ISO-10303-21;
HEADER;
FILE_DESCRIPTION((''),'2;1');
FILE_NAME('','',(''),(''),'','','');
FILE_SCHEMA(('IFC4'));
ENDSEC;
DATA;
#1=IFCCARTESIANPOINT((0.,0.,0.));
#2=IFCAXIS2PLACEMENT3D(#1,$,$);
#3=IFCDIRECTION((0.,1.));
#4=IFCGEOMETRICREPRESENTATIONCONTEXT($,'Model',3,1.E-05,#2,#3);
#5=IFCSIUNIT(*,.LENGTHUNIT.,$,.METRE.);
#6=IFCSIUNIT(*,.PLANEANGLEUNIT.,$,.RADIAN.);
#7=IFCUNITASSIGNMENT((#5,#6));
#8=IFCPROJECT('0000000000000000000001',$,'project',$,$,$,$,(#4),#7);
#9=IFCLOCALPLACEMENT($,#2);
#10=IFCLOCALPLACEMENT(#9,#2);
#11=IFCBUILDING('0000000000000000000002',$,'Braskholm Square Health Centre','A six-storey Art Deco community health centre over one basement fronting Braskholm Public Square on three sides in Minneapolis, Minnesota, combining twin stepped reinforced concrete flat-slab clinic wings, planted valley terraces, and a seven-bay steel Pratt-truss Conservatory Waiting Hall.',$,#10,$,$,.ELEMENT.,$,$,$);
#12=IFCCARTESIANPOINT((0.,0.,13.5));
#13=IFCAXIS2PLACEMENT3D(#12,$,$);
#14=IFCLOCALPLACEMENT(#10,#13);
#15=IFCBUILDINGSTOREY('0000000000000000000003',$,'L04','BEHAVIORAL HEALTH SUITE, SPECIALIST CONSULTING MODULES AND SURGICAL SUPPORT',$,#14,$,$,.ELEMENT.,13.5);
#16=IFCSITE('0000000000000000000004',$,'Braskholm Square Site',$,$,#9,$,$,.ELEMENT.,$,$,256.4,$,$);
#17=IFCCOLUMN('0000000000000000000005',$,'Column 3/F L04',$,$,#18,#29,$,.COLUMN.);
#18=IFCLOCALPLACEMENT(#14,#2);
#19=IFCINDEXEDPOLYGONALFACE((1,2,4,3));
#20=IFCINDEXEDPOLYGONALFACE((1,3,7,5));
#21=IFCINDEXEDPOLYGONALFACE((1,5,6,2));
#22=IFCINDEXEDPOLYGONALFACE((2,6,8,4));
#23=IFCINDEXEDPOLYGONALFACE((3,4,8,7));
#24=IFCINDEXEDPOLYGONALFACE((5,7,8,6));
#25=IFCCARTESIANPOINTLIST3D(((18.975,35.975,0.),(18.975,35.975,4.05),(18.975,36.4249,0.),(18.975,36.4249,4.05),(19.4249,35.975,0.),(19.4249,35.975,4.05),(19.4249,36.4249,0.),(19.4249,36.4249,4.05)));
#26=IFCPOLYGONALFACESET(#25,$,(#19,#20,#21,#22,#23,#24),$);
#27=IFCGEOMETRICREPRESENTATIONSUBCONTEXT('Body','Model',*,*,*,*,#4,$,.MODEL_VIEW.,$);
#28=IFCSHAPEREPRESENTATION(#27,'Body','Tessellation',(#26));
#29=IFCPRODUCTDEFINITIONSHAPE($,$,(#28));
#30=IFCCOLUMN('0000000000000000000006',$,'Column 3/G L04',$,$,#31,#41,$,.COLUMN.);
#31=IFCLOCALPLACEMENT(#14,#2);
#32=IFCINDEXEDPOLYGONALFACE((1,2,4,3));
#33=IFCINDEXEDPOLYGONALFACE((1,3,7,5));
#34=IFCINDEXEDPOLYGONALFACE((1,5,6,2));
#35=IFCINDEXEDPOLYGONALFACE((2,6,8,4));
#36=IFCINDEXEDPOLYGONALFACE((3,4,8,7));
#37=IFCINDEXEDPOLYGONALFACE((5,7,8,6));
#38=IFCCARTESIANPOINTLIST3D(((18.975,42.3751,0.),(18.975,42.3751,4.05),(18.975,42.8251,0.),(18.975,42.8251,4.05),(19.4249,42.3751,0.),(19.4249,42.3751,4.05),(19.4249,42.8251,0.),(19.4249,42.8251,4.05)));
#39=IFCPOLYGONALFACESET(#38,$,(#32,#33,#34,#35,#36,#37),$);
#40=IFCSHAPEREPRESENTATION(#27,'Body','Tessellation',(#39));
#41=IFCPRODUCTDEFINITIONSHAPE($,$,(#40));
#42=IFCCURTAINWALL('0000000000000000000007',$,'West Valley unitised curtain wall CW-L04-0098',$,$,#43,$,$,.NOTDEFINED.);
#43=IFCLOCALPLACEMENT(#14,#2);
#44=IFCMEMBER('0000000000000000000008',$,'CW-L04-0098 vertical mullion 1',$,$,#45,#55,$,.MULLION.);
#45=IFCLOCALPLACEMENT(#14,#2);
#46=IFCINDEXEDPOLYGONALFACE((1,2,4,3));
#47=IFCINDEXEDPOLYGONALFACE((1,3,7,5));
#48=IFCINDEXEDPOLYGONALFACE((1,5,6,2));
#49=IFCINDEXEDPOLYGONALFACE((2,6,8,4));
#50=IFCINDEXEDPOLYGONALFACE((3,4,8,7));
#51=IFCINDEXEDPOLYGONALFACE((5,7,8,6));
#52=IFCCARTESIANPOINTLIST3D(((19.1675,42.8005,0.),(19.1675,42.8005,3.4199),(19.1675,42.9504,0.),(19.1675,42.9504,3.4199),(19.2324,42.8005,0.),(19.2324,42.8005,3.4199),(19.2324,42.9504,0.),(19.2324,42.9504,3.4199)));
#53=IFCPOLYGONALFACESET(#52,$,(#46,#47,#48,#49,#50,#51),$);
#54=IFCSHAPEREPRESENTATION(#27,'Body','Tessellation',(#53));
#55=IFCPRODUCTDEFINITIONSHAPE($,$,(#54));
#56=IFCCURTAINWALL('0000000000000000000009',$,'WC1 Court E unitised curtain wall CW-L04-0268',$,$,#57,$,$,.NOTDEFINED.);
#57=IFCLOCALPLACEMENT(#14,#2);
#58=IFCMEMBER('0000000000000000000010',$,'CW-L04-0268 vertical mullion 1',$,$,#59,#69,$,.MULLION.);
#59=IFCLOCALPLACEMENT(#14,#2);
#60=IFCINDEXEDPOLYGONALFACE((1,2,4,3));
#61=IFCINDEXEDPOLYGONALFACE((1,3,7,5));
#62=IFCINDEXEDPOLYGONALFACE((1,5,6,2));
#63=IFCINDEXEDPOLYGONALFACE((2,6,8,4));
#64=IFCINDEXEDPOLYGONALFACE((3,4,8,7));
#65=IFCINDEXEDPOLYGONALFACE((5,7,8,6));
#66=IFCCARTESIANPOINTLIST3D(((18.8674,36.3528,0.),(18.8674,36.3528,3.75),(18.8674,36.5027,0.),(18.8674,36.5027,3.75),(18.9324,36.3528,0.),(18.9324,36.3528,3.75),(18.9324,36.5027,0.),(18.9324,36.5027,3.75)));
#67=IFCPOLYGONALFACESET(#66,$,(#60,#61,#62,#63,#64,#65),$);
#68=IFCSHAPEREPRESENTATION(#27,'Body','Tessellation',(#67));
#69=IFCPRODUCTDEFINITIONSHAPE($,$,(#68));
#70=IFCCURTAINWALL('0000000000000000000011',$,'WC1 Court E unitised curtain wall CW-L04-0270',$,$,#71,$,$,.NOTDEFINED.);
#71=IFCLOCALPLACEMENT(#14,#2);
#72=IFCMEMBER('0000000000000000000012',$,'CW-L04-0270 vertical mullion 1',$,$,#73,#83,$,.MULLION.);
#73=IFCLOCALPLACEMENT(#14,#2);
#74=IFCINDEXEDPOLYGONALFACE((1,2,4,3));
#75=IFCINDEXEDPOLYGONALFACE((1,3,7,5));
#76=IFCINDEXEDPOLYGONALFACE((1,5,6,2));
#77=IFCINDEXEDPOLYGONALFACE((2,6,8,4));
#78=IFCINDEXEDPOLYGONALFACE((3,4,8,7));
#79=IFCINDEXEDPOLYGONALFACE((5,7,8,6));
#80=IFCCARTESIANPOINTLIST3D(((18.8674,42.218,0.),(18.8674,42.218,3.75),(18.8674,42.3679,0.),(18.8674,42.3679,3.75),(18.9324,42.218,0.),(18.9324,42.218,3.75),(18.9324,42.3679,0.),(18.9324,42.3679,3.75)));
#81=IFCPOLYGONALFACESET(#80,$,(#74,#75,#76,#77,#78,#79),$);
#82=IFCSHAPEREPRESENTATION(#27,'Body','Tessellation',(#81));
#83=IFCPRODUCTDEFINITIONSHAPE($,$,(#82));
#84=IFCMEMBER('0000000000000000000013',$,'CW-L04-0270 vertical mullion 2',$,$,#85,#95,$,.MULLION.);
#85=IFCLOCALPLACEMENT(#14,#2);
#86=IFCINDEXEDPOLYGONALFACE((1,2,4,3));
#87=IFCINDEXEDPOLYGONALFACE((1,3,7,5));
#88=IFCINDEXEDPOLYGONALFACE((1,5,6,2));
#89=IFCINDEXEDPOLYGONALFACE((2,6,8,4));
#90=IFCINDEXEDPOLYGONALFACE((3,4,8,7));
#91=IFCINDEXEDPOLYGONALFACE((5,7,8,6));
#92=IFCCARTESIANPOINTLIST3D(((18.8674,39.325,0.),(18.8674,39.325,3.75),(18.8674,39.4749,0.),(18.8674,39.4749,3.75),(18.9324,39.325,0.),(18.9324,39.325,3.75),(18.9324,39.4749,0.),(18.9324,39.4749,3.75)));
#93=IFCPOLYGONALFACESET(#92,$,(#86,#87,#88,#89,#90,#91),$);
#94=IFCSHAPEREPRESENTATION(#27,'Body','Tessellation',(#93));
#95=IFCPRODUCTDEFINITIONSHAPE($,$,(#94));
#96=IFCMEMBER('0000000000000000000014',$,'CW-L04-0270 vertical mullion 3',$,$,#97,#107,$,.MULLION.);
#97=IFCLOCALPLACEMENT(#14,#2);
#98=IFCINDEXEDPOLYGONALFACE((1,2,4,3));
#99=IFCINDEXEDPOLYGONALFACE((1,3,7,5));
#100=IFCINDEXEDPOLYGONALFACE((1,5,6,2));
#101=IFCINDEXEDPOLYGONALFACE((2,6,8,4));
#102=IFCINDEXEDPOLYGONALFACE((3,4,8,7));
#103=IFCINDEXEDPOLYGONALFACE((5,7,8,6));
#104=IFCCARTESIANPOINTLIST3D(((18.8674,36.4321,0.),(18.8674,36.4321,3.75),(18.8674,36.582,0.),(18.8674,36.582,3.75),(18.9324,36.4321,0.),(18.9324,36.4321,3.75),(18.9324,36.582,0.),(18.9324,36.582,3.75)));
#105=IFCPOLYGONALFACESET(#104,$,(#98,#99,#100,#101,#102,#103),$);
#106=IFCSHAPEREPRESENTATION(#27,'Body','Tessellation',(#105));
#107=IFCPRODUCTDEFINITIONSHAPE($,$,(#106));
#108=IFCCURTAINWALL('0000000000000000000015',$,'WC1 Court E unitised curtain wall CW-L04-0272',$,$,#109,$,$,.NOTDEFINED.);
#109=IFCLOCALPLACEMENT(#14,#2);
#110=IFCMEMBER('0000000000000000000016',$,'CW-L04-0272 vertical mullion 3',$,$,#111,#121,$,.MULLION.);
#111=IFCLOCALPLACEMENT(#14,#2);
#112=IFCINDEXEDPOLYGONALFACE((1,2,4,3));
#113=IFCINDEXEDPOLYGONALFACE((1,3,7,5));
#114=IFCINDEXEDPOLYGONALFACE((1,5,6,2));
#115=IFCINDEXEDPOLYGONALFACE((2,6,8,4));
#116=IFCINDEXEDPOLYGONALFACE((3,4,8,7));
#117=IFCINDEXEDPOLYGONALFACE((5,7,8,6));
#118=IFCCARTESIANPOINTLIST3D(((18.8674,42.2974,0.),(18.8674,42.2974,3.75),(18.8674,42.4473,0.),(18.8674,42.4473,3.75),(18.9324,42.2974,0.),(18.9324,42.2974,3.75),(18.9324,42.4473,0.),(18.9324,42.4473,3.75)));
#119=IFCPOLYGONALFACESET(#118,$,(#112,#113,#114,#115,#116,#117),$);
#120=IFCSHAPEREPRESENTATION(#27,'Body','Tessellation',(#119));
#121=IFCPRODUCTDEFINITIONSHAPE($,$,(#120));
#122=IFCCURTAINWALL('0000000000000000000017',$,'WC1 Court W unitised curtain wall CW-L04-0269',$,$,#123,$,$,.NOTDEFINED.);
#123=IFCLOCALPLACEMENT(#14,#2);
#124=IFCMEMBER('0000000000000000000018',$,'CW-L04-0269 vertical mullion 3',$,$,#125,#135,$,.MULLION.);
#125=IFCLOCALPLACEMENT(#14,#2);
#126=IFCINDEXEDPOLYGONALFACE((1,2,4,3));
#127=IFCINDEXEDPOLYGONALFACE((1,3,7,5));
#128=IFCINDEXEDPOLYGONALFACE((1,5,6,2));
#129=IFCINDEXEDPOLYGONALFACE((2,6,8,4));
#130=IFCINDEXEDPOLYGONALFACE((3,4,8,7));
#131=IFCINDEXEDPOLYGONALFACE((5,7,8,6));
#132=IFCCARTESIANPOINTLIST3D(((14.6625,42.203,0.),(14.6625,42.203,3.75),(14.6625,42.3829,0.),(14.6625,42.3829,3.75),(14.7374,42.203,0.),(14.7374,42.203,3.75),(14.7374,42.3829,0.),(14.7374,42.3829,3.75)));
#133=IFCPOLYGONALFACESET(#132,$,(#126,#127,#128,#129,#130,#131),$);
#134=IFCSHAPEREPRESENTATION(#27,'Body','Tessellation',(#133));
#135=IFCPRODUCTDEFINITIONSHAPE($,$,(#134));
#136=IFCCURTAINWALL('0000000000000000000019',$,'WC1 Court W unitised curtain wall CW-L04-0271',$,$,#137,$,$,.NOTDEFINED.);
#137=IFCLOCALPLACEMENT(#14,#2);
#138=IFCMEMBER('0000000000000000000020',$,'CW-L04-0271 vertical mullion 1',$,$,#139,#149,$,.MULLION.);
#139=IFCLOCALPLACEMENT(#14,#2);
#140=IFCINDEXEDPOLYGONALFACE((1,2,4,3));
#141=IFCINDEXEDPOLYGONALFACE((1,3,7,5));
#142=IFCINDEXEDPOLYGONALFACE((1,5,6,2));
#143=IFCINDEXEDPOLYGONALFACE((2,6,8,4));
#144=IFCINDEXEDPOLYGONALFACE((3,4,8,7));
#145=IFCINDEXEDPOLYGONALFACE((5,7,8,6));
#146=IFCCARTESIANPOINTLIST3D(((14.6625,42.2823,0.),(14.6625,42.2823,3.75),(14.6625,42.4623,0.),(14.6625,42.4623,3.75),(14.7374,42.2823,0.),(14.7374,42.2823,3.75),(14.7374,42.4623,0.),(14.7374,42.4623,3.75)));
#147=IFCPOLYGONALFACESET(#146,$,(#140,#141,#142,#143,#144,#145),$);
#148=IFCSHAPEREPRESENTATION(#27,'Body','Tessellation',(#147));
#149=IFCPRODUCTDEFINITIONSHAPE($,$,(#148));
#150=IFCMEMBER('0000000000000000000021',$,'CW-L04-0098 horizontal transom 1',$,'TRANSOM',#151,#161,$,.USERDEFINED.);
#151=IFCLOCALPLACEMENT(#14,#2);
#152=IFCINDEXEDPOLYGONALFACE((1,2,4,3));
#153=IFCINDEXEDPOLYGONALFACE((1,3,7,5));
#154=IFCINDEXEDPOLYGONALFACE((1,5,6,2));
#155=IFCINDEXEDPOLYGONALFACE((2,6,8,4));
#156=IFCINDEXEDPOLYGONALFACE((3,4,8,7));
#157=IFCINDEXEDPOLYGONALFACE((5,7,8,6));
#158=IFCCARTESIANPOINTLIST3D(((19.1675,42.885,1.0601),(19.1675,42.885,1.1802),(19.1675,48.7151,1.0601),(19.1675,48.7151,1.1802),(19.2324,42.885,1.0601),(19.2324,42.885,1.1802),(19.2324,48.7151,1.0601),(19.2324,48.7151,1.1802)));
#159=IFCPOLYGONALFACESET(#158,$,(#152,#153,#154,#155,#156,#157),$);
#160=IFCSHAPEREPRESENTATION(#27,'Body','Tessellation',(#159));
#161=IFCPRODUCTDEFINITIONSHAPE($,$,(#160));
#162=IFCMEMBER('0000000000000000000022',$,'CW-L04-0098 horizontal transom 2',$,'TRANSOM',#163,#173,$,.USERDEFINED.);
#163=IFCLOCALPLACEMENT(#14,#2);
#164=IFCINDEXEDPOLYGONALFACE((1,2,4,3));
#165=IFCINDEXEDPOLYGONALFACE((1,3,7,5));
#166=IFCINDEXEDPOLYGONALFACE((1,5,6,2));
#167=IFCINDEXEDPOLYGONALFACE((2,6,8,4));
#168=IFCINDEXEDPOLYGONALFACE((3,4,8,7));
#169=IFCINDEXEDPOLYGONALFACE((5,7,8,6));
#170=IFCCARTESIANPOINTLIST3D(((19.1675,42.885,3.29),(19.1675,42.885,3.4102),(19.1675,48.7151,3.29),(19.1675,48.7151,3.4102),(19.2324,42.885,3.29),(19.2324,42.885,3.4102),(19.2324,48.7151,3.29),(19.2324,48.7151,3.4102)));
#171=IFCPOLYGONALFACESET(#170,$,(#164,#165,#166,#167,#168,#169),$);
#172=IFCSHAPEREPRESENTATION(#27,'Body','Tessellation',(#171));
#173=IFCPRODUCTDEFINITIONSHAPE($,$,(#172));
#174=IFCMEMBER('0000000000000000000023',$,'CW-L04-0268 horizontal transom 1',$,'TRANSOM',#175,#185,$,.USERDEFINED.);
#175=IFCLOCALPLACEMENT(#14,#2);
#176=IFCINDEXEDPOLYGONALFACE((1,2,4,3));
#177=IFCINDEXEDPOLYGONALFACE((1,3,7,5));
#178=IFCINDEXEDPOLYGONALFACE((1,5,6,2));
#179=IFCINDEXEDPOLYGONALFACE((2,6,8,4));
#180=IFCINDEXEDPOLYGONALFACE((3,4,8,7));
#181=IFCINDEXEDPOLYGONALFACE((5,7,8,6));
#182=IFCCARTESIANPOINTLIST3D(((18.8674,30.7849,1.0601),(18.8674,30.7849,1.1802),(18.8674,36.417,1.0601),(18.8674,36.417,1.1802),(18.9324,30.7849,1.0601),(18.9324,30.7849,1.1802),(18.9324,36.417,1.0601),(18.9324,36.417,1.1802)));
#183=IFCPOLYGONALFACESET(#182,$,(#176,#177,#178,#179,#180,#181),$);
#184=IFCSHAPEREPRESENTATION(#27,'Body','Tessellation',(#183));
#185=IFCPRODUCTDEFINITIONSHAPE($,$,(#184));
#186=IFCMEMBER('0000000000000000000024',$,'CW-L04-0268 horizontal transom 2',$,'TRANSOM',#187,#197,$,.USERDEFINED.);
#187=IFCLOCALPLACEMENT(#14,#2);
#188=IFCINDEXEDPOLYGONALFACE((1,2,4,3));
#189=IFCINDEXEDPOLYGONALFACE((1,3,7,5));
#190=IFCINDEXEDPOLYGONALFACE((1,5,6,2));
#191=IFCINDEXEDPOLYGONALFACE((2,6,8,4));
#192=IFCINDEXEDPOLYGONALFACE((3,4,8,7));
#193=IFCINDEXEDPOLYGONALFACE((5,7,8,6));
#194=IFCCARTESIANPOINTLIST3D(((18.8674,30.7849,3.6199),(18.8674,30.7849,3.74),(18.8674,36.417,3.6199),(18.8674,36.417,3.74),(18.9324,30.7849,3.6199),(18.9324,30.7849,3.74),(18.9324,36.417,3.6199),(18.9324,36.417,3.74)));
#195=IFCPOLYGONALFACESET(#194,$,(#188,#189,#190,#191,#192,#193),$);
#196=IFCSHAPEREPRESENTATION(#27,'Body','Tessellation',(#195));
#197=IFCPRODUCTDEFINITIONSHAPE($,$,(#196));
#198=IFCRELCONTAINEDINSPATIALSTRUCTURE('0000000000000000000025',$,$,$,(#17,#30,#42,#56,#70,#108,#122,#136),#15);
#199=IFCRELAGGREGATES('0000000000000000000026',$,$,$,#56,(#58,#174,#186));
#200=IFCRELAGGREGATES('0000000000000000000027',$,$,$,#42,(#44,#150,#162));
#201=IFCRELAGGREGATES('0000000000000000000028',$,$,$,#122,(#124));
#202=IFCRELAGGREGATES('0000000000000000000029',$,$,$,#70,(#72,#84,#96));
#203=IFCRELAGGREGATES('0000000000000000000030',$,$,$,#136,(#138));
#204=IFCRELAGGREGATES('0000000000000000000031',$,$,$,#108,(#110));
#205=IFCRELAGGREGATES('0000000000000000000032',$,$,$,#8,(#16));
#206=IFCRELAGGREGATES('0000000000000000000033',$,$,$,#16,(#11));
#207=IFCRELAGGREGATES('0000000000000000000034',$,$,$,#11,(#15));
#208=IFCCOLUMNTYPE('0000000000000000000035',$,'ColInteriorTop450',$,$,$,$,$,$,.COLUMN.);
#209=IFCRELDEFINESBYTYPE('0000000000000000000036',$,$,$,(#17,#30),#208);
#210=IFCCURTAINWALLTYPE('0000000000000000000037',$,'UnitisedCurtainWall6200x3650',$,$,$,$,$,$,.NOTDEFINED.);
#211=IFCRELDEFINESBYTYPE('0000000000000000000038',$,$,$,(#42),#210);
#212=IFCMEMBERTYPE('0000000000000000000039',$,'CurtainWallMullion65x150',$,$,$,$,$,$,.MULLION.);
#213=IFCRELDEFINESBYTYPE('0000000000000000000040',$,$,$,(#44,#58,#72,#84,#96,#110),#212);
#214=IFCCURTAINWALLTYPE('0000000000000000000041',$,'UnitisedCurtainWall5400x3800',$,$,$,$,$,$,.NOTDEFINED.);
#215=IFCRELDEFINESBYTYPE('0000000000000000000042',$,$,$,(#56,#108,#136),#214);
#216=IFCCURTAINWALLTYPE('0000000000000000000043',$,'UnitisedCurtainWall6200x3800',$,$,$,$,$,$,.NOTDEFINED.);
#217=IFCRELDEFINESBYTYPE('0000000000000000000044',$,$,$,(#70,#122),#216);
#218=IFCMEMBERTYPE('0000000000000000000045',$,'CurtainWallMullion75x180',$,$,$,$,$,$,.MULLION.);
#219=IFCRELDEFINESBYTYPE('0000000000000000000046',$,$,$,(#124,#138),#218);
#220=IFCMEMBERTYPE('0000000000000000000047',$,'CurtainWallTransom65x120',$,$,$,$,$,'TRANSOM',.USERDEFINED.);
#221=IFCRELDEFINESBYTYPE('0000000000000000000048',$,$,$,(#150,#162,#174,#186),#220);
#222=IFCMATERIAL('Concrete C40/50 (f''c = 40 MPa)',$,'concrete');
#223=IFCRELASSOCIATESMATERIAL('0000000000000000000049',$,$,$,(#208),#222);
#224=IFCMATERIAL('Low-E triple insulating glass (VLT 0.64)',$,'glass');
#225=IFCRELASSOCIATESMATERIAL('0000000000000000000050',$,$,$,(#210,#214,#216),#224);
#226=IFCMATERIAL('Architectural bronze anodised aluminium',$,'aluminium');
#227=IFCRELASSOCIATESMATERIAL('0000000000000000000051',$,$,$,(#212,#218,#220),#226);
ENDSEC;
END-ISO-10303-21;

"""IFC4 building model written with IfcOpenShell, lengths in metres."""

from ifc_helpers import new_model, si_unit, direction, frame, origin, origin_2d, place, context, subcontext, project, spatial, rectangle, extrude, material, material_profile, profile_set, type_object, element, aggregate, save


model = new_model("IFC4")

# Units and contexts
model_context = context("Model", 3, precision=1e-05, world=origin(), true_north=direction((0.0, 1.0)))
body_context = subcontext(model_context, "Body", "Model", "MODEL_VIEW")
ifc_project = project(units=[si_unit("LENGTHUNIT", "METRE"), si_unit("PLANEANGLEUNIT", "RADIAN")], contexts=[model_context])

# Site, building, storey
site_placement = place(None, origin())
site = spatial("IfcSite", under=ifc_project, at=site_placement, Name="Braskholm Square Site", CompositionType="ELEMENT", RefElevation=256.4)
building_placement = place(site_placement, origin())
building = spatial("IfcBuilding", under=site, at=building_placement, Name="Braskholm Square Health Centre", Description="A six-storey Art Deco community health centre over one basement fronting Braskholm Public Square on three sides in Minneapolis, Minnesota, combining twin stepped reinforced concrete flat-slab clinic wings, planted valley terraces, and a seven-bay steel Pratt-truss Conservatory Waiting Hall.", CompositionType="ELEMENT")
storey_placement = place(building_placement, frame((0.0, 0.0, 13.5)))
storey = spatial("IfcBuildingStorey", under=building, at=storey_placement, Name="L04", Description="BEHAVIORAL HEALTH SUITE, SPECIALIST CONSULTING MODULES AND SURGICAL SUPPORT", CompositionType="ELEMENT", Elevation=13.5)

# Columns
ifc_material_1 = material(Name="Concrete C40/50 (f'c = 40 MPa)", Category="concrete")
ifc_material_profile_1 = material_profile(ifc_material_1, rectangle(XDim=0.45, YDim=0.45, at=origin_2d()), Name="RC-450X450")
ifc_profile_set_1 = profile_set([ifc_material_profile_1], Name="Concrete C40/50 (f'c = 40 MPa)")
column_type = type_object("IfcColumnType", Name="ColInteriorTop450", PredefinedType="COLUMN", material=ifc_profile_set_1)
for number, where, z_axis, x_axis, name in (
    (1, (19.2, 36.2, 0.0), (0.0, 0.0, 1.0), (1.0, 0.0, 0.0), "Column 3/F L04"),
    (2, (19.2, 42.6001, 0.0), (0.0, 0.0, 1.0), (1.0, 0.0, 0.0), "Column 3/G L04"),
):
    element("IfcColumn", number, at=place(storey_placement, frame(where, z_axis=z_axis, x_axis=x_axis)), inside=storey, type_object=column_type, Name=name, PredefinedType="COLUMN", context=body_context, shape_type="SweptSolid", body=[
        extrude(rectangle(XDim=0.45, YDim=0.45, at=origin_2d()), origin(), (0.0, 0.0, 1.0), 4.05),
    ])

# Curtain walls, members
ifc_material_2 = material(Name="Low-E triple insulating glass (VLT 0.64)", Category="glass")
curtain_wall_type_1 = type_object("IfcCurtainWallType", Name="UnitisedCurtainWall6200x3650", PredefinedType="NOTDEFINED", material=ifc_material_2)
curtain_wall_1_placement = place(storey_placement, origin())
curtain_wall_1 = element("IfcCurtainWall", 3, at=curtain_wall_1_placement, inside=storey, type_object=curtain_wall_type_1, Name="West Valley unitised curtain wall CW-L04-0098", PredefinedType="NOTDEFINED")
ifc_material_3 = material(Name="Architectural bronze anodised aluminium", Category="aluminium")
ifc_material_profile_2 = material_profile(ifc_material_3, rectangle(XDim=0.0649, YDim=0.1499, at=origin_2d()), Name="ALU-65X150")
ifc_profile_set_2 = profile_set([ifc_material_profile_2], Name="Architectural bronze anodised aluminium")
member_type_1 = type_object("IfcMemberType", Name="CurtainWallMullion65x150", PredefinedType="MULLION", material=ifc_profile_set_2)
member_1_placement = place(storey_placement, frame((19.2, 42.8755, 0.0), z_axis=(0.0, 0.0, 1.0), x_axis=(1.0, 0.0, 0.0)))
member_1 = element("IfcMember", 4, at=member_1_placement, type_object=member_type_1, Name="CW-L04-0098 vertical mullion 1", PredefinedType="MULLION", context=body_context, shape_type="SweptSolid", body=[
    extrude(rectangle(XDim=0.0649, YDim=0.1499, at=origin_2d()), origin(), (0.0, 0.0, 1.0), 3.4199),
])
curtain_wall_type_2 = type_object("IfcCurtainWallType", Name="UnitisedCurtainWall5400x3800", PredefinedType="NOTDEFINED", material=ifc_material_2)
curtain_wall_2_placement = place(storey_placement, origin())
curtain_wall_2 = element("IfcCurtainWall", 5, at=curtain_wall_2_placement, inside=storey, type_object=curtain_wall_type_2, Name="WC1 Court E unitised curtain wall CW-L04-0268", PredefinedType="NOTDEFINED")
member_2_placement = place(storey_placement, frame((18.8999, 36.4277, 0.0), z_axis=(0.0, 0.0, 1.0), x_axis=(1.0, 0.0, 0.0)))
member_2 = element("IfcMember", 6, at=member_2_placement, type_object=member_type_1, Name="CW-L04-0268 vertical mullion 1", PredefinedType="MULLION", context=body_context, shape_type="SweptSolid", body=[
    extrude(rectangle(XDim=0.0649, YDim=0.1499, at=origin_2d()), origin(), (0.0, 0.0, 1.0), 3.75),
])

# Curtain wall, members
curtain_wall_type_3 = type_object("IfcCurtainWallType", Name="UnitisedCurtainWall6200x3800", PredefinedType="NOTDEFINED", material=ifc_material_2)
curtain_wall_3_placement = place(storey_placement, origin())
curtain_wall_3 = element("IfcCurtainWall", 7, at=curtain_wall_3_placement, inside=storey, type_object=curtain_wall_type_3, Name="WC1 Court E unitised curtain wall CW-L04-0270", PredefinedType="NOTDEFINED")
member_3_placement = place(storey_placement, frame((18.8999, 42.293, 0.0), z_axis=(0.0, 0.0, 1.0), x_axis=(1.0, 0.0, 0.0)))
member_3 = element("IfcMember", 8, at=member_3_placement, type_object=member_type_1, Name="CW-L04-0270 vertical mullion 1", PredefinedType="MULLION", context=body_context, shape_type="SweptSolid", body=[
    extrude(rectangle(XDim=0.0649, YDim=0.1499, at=origin_2d()), origin(), (0.0, 0.0, 1.0), 3.75),
])
member_4_placement = place(storey_placement, frame((18.8999, 39.3999, 0.0), z_axis=(0.0, 0.0, 1.0), x_axis=(1.0, 0.0, 0.0)))
member_4 = element("IfcMember", 9, at=member_4_placement, type_object=member_type_1, Name="CW-L04-0270 vertical mullion 2", PredefinedType="MULLION", context=body_context, shape_type="SweptSolid", body=[
    extrude(rectangle(XDim=0.0649, YDim=0.1499, at=origin_2d()), origin(), (0.0, 0.0, 1.0), 3.75),
])
member_5_placement = place(storey_placement, frame((18.8999, 36.5071, 0.0), z_axis=(0.0, 0.0, 1.0), x_axis=(1.0, 0.0, 0.0)))
member_5 = element("IfcMember", 10, at=member_5_placement, type_object=member_type_1, Name="CW-L04-0270 vertical mullion 3", PredefinedType="MULLION", context=body_context, shape_type="SweptSolid", body=[
    extrude(rectangle(XDim=0.0649, YDim=0.1499, at=origin_2d()), origin(), (0.0, 0.0, 1.0), 3.75),
])

# Curtain walls, members
curtain_wall_4_placement = place(storey_placement, origin())
curtain_wall_4 = element("IfcCurtainWall", 11, at=curtain_wall_4_placement, inside=storey, type_object=curtain_wall_type_2, Name="WC1 Court E unitised curtain wall CW-L04-0272", PredefinedType="NOTDEFINED")
member_6_placement = place(storey_placement, frame((18.8999, 42.3723, 0.0), z_axis=(0.0, 0.0, 1.0), x_axis=(1.0, 0.0, 0.0)))
member_6 = element("IfcMember", 12, at=member_6_placement, type_object=member_type_1, Name="CW-L04-0272 vertical mullion 3", PredefinedType="MULLION", context=body_context, shape_type="SweptSolid", body=[
    extrude(rectangle(XDim=0.0649, YDim=0.1499, at=origin_2d()), origin(), (0.0, 0.0, 1.0), 3.75),
])
curtain_wall_5_placement = place(storey_placement, origin())
curtain_wall_5 = element("IfcCurtainWall", 13, at=curtain_wall_5_placement, inside=storey, type_object=curtain_wall_type_3, Name="WC1 Court W unitised curtain wall CW-L04-0269", PredefinedType="NOTDEFINED")
ifc_material_profile_3 = material_profile(ifc_material_3, rectangle(XDim=0.075, YDim=0.1799, at=origin_2d()), Name="ALU-75X180")
ifc_profile_set_3 = profile_set([ifc_material_profile_3], Name="Architectural bronze anodised aluminium")
member_type_2 = type_object("IfcMemberType", Name="CurtainWallMullion75x180", PredefinedType="MULLION", material=ifc_profile_set_3)
member_7_placement = place(storey_placement, frame((14.7, 42.293, 0.0), z_axis=(0.0, 0.0, 1.0), x_axis=(1.0, 0.0, 0.0)))
member_7 = element("IfcMember", 14, at=member_7_placement, type_object=member_type_2, Name="CW-L04-0269 vertical mullion 3", PredefinedType="MULLION", context=body_context, shape_type="SweptSolid", body=[
    extrude(rectangle(XDim=0.075, YDim=0.1799, at=origin_2d()), origin(), (0.0, 0.0, 1.0), 3.75),
])
curtain_wall_6_placement = place(storey_placement, origin())
curtain_wall_6 = element("IfcCurtainWall", 15, at=curtain_wall_6_placement, inside=storey, type_object=curtain_wall_type_2, Name="WC1 Court W unitised curtain wall CW-L04-0271", PredefinedType="NOTDEFINED")
member_8_placement = place(storey_placement, frame((14.7, 42.3723, 0.0), z_axis=(0.0, 0.0, 1.0), x_axis=(1.0, 0.0, 0.0)))
member_8 = element("IfcMember", 16, at=member_8_placement, type_object=member_type_2, Name="CW-L04-0271 vertical mullion 1", PredefinedType="MULLION", context=body_context, shape_type="SweptSolid", body=[
    extrude(rectangle(XDim=0.075, YDim=0.1799, at=origin_2d()), origin(), (0.0, 0.0, 1.0), 3.75),
])

# Members
ifc_material_profile_4 = material_profile(ifc_material_3, rectangle(XDim=0.0649, YDim=0.1201, at=origin_2d()), Name="ALU-65X120")
ifc_profile_set_4 = profile_set([ifc_material_profile_4], Name="Architectural bronze anodised aluminium")
member_type_3 = type_object("IfcMemberType", Name="CurtainWallTransom65x120", ElementType="TRANSOM", PredefinedType="USERDEFINED", material=ifc_profile_set_4)
member_9_placement = place(storey_placement, frame((19.2, 42.885, 1.1201), z_axis=(0.0, 1.0, 0.0), x_axis=(-1.0, 0.0, 0.0)))
member_9 = element("IfcMember", 17, at=member_9_placement, type_object=member_type_3, Name="CW-L04-0098 horizontal transom 1", ObjectType="TRANSOM", PredefinedType="USERDEFINED", context=body_context, shape_type="SweptSolid", body=[
    extrude(rectangle(XDim=0.0649, YDim=0.1201, at=origin_2d()), origin(), (0.0, 0.0, 1.0), 5.8301),
])
member_10_placement = place(storey_placement, frame((19.2, 42.885, 3.3501), z_axis=(0.0, 1.0, 0.0), x_axis=(-1.0, 0.0, 0.0)))
member_10 = element("IfcMember", 18, at=member_10_placement, type_object=member_type_3, Name="CW-L04-0098 horizontal transom 2", ObjectType="TRANSOM", PredefinedType="USERDEFINED", context=body_context, shape_type="SweptSolid", body=[
    extrude(rectangle(XDim=0.0649, YDim=0.1201, at=origin_2d()), origin(), (0.0, 0.0, 1.0), 5.8301),
])
member_11_placement = place(storey_placement, frame((18.8999, 36.417, 1.1201), z_axis=(0.0, -1.0, 0.0), x_axis=(1.0, 0.0, 0.0)))
member_11 = element("IfcMember", 19, at=member_11_placement, type_object=member_type_3, Name="CW-L04-0268 horizontal transom 1", ObjectType="TRANSOM", PredefinedType="USERDEFINED", context=body_context, shape_type="SweptSolid", body=[
    extrude(rectangle(XDim=0.0649, YDim=0.1201, at=origin_2d()), origin(), (0.0, 0.0, 1.0), 5.6321),
])
member_12_placement = place(storey_placement, frame((18.8999, 36.417, 3.6799), z_axis=(0.0, -1.0, 0.0), x_axis=(1.0, 0.0, 0.0)))
member_12 = element("IfcMember", 20, at=member_12_placement, type_object=member_type_3, Name="CW-L04-0268 horizontal transom 2", ObjectType="TRANSOM", PredefinedType="USERDEFINED", context=body_context, shape_type="SweptSolid", body=[
    extrude(rectangle(XDim=0.0649, YDim=0.1201, at=origin_2d()), origin(), (0.0, 0.0, 1.0), 5.6321),
])
aggregate(curtain_wall_2, [member_2, member_11, member_12])

aggregate(curtain_wall_1, [member_1, member_9, member_10])
aggregate(curtain_wall_5, [member_7])
aggregate(curtain_wall_3, [member_3, member_4, member_5])
aggregate(curtain_wall_6, [member_8])
aggregate(curtain_wall_4, [member_6])

save(model, "model.ifc")
